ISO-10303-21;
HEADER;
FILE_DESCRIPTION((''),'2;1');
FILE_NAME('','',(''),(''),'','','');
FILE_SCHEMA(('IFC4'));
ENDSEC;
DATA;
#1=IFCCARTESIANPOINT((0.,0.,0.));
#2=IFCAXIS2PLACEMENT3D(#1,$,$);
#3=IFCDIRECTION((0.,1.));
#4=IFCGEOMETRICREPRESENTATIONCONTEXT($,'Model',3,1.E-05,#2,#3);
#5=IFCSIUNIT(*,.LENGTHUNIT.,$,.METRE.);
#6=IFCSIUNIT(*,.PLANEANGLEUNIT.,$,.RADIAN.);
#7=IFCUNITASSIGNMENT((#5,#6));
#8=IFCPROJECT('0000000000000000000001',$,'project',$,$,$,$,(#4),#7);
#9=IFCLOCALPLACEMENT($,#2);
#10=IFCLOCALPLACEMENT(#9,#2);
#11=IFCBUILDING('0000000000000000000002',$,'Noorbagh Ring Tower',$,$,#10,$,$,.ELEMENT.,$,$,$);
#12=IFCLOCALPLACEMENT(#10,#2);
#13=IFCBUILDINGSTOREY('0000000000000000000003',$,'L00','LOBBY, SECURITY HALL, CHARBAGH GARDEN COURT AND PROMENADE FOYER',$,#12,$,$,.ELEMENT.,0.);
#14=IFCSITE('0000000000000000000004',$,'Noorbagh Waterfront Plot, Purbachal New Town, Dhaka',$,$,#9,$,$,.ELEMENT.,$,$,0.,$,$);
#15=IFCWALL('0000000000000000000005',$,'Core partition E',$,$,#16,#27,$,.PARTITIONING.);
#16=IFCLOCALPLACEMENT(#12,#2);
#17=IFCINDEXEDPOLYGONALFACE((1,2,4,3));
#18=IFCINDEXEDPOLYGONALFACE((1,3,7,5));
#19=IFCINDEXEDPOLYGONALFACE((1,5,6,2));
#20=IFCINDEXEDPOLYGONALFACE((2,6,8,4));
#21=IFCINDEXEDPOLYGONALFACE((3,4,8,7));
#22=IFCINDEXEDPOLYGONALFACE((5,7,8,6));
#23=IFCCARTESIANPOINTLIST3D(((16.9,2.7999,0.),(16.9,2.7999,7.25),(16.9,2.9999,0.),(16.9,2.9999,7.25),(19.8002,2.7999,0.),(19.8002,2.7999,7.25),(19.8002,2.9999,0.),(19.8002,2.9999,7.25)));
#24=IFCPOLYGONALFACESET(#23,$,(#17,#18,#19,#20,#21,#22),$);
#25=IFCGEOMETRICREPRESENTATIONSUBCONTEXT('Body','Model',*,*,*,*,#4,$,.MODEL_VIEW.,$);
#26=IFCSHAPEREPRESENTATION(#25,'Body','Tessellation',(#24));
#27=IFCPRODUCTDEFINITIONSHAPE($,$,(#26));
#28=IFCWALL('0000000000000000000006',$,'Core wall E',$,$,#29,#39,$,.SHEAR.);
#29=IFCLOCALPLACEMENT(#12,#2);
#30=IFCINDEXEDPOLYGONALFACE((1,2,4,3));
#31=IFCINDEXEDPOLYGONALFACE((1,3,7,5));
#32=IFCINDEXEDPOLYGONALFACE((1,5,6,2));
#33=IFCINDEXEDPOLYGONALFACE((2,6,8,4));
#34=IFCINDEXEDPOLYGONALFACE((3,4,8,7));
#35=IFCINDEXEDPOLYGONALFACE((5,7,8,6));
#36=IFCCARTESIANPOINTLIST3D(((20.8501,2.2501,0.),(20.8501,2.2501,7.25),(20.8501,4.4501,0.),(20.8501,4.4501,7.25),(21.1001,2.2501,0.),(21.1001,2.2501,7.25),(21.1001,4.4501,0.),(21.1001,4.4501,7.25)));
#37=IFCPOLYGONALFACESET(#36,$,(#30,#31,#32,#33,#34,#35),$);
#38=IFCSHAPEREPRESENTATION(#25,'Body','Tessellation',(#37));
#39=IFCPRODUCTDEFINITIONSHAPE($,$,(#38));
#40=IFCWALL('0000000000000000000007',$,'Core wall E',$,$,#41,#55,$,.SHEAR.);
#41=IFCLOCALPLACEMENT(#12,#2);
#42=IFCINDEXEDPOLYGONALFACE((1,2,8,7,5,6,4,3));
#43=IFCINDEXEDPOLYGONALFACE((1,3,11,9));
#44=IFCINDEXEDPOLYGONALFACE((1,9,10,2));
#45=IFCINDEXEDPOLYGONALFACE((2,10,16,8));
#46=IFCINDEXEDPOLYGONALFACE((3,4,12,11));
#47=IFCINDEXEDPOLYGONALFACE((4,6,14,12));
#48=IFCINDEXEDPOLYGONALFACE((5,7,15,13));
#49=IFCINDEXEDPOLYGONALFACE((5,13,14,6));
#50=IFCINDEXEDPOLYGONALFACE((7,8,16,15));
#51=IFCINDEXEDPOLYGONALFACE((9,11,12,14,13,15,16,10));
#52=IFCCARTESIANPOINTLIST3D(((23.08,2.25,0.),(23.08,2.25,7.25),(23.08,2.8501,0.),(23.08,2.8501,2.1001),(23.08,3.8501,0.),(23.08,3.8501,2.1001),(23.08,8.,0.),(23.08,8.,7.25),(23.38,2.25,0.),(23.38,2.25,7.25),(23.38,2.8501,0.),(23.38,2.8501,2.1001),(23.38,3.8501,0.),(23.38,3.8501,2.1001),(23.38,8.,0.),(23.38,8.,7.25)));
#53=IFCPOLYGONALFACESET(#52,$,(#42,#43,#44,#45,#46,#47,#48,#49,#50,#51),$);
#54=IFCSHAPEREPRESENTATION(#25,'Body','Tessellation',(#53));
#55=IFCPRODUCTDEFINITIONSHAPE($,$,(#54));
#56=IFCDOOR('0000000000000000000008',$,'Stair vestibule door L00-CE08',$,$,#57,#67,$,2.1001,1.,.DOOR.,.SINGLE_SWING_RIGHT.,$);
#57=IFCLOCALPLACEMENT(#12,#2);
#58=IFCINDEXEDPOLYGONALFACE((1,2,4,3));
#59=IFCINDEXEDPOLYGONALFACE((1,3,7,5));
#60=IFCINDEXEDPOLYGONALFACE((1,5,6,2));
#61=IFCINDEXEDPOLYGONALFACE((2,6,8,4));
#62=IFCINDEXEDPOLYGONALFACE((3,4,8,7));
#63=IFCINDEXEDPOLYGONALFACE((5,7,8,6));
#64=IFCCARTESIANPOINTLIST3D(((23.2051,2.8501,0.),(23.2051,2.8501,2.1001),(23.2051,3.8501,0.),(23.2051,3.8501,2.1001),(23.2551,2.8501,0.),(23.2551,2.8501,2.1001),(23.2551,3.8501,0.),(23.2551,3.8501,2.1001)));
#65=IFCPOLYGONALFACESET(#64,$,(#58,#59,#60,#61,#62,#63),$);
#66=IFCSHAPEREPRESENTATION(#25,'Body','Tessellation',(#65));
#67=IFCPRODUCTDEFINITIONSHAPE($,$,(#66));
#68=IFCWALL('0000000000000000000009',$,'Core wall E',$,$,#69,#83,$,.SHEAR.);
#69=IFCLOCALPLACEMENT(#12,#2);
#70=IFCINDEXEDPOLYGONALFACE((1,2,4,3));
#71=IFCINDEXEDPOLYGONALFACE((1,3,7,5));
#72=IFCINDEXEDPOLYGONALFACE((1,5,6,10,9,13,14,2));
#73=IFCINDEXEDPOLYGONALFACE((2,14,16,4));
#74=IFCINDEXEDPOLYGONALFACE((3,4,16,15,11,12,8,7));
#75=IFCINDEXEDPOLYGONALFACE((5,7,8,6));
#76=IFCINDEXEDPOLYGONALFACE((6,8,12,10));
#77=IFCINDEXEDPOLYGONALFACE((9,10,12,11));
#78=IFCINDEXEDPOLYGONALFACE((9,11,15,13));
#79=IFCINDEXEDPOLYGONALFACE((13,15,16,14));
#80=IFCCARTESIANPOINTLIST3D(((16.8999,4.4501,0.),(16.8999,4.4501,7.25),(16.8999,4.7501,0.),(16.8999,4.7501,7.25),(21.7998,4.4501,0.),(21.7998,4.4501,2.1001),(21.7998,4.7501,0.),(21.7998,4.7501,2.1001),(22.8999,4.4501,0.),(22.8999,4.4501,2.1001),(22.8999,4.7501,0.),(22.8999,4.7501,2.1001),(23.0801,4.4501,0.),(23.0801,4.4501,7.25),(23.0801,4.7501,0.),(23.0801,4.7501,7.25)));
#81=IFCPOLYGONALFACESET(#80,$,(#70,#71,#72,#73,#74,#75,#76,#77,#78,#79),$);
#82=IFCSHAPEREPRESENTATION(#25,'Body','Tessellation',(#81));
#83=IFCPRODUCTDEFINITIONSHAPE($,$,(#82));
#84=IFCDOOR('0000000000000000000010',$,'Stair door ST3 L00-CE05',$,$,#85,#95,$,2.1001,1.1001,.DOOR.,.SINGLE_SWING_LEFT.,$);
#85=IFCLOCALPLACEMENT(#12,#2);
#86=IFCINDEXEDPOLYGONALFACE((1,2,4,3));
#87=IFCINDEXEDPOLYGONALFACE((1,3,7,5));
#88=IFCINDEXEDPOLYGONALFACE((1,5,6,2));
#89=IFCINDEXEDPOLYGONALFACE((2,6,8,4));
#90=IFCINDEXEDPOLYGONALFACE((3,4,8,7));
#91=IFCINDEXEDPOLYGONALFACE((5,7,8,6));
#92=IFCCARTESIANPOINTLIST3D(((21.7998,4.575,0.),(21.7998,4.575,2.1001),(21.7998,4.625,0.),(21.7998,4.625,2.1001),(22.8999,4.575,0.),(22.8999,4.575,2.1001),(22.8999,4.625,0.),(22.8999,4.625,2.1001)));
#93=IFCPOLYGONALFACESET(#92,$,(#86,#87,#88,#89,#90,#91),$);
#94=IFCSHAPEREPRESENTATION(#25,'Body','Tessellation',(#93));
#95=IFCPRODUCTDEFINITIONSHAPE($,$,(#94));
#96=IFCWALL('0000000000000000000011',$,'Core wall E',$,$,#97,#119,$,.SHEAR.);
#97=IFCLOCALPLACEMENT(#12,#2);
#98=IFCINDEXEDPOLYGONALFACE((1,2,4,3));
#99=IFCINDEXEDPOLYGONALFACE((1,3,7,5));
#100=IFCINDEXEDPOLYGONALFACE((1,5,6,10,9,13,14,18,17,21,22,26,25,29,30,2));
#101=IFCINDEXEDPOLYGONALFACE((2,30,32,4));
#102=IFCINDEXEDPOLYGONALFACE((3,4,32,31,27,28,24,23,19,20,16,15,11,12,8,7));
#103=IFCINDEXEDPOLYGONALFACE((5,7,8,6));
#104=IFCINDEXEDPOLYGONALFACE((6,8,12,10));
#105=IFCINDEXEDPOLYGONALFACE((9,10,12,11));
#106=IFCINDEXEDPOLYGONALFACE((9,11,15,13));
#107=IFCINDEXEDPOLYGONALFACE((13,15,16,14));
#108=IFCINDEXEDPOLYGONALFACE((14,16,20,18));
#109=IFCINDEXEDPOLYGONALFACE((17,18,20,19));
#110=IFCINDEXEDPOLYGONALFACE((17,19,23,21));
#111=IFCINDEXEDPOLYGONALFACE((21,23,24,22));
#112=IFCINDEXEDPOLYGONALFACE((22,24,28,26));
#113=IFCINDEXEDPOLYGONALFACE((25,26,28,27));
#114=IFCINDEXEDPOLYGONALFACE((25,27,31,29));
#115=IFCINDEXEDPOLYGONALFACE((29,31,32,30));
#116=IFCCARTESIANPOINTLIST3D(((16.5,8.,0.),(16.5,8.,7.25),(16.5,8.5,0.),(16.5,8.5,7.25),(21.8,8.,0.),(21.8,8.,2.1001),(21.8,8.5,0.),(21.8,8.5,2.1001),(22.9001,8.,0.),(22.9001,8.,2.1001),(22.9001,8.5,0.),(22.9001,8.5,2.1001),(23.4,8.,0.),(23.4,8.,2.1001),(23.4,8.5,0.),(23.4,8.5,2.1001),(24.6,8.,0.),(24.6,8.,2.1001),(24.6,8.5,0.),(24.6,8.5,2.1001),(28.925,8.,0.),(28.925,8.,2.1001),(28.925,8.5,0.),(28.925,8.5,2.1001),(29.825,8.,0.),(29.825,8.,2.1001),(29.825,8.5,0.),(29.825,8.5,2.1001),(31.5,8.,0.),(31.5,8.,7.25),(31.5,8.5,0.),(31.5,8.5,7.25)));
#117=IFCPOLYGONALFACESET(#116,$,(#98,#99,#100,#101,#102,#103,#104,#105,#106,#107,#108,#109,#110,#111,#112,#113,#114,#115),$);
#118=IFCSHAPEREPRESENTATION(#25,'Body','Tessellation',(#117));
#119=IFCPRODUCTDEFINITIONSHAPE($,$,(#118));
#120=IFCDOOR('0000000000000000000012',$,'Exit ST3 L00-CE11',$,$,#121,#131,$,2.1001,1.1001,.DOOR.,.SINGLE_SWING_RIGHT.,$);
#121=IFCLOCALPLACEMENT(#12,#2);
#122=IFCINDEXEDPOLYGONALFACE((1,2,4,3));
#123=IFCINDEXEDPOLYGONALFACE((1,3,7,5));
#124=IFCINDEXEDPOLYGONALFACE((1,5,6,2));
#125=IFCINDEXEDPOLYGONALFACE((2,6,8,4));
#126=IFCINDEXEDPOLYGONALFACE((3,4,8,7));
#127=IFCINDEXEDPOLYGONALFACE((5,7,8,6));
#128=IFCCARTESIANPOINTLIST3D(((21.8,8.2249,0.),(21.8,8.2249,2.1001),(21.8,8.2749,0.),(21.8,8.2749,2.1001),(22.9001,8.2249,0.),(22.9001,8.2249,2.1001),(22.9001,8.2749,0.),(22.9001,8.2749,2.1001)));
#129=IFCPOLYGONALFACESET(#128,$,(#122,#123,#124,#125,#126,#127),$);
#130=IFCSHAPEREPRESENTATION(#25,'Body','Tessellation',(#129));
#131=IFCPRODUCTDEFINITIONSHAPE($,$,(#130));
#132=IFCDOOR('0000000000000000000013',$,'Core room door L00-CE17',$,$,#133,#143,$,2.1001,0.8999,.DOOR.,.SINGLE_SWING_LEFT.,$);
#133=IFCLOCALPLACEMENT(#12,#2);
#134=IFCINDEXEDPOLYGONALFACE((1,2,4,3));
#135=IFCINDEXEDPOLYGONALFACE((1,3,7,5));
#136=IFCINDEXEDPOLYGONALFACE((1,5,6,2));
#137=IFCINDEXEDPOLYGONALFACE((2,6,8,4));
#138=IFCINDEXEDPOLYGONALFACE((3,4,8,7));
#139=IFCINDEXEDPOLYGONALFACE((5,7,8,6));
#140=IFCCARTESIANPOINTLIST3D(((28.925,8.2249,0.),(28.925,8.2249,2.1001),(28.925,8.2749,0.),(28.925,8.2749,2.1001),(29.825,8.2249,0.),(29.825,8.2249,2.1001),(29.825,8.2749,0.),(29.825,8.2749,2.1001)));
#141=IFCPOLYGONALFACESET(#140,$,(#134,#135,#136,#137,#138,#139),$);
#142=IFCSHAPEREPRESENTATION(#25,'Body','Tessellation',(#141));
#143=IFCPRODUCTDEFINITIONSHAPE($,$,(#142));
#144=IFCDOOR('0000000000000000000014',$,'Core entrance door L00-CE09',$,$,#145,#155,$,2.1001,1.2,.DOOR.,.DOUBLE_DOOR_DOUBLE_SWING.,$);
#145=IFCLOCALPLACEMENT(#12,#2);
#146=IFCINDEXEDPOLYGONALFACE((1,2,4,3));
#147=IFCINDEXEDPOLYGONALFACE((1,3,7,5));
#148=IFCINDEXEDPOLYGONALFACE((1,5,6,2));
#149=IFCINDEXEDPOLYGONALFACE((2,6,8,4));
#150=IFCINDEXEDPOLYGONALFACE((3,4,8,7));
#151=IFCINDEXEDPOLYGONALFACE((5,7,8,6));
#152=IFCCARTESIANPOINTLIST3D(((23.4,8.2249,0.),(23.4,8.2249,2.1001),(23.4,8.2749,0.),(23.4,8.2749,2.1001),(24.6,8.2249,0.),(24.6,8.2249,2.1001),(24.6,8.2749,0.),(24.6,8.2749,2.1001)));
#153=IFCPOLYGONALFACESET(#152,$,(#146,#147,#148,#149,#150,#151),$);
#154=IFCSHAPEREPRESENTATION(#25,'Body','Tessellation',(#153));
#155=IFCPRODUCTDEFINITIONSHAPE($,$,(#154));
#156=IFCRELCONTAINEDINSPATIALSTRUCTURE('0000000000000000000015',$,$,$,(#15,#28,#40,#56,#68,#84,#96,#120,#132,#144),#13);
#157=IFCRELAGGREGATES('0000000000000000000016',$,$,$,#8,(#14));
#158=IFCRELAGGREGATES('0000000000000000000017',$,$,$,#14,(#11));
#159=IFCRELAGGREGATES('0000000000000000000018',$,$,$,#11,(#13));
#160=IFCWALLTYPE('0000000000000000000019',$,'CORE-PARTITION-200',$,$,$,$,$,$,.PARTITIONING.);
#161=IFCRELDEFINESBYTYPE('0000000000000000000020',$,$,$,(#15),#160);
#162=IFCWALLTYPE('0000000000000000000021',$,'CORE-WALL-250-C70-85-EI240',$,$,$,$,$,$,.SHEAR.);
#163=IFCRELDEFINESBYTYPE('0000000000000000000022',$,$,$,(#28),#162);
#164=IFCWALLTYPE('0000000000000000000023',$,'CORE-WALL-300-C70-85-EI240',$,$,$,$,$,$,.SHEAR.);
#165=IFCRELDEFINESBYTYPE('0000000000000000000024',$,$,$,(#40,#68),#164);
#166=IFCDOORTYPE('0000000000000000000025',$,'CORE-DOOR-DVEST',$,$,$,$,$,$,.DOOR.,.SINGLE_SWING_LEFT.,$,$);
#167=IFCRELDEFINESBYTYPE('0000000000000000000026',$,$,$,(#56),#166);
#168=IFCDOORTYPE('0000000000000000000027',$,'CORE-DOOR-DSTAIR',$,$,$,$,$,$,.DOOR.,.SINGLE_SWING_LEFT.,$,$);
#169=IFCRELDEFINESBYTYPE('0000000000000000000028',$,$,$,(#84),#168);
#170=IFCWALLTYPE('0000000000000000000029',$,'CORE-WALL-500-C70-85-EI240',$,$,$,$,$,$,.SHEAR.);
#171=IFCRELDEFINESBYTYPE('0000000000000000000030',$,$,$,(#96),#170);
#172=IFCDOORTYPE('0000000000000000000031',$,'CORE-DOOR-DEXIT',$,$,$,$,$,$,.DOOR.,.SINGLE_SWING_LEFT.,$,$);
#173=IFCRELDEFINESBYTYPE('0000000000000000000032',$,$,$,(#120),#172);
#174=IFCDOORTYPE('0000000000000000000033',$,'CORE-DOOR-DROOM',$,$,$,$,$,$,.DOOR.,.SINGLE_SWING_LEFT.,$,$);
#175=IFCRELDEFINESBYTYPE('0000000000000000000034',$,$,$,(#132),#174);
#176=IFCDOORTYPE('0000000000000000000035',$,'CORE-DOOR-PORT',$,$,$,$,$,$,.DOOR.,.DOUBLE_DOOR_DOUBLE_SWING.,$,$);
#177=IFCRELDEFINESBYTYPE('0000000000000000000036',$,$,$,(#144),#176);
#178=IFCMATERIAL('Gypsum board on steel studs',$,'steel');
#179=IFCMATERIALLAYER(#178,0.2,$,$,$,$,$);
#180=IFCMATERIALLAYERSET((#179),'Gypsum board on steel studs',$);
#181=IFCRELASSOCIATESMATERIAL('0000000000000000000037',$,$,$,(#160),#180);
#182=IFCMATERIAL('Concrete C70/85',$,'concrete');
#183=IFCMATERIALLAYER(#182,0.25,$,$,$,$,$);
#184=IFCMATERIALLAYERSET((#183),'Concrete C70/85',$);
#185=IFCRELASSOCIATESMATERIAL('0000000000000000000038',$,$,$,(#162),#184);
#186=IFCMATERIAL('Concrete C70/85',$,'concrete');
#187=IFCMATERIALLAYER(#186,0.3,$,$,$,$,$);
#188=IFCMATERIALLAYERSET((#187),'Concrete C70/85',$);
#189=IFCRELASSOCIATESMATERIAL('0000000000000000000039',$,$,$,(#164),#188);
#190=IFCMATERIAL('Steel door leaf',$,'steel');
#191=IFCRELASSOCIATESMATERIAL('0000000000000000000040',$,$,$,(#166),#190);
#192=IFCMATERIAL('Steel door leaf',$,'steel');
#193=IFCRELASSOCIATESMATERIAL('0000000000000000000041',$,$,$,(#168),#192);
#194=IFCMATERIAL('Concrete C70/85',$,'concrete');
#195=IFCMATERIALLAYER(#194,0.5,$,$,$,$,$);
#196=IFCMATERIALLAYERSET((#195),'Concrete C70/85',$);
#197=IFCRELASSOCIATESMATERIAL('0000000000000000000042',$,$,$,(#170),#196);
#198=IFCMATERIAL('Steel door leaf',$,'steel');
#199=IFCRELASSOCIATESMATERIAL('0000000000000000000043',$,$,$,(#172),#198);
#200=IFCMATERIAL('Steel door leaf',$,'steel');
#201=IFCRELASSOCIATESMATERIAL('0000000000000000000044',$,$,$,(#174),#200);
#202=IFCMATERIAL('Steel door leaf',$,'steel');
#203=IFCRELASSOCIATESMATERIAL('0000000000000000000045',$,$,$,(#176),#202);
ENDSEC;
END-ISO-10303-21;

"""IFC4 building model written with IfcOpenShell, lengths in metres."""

from ifc_helpers import new_model, si_unit, direction, frame, frame_2d, origin, place, context, subcontext, project, spatial, rectangle, extrude, material, layer, layer_set, type_object, element, fill, save


model = new_model("IFC4")

# Units and contexts
model_context = context("Model", 3, precision=1e-05, world=origin(), true_north=direction((0.0, 1.0)))
body_context = subcontext(model_context, "Body", "Model", "MODEL_VIEW")
ifc_project = project(units=[si_unit("LENGTHUNIT", "METRE"), si_unit("PLANEANGLEUNIT", "RADIAN")], contexts=[model_context])

# Site, building, storey
site_placement = place(None, origin())
site = spatial("IfcSite", under=ifc_project, at=site_placement, Name="Noorbagh Waterfront Plot, Purbachal New Town, Dhaka", CompositionType="ELEMENT", RefElevation=0.0)
building_placement = place(site_placement, origin())
building = spatial("IfcBuilding", under=site, at=building_placement, Name="Noorbagh Ring Tower", CompositionType="ELEMENT")
storey_placement = place(building_placement, origin())
storey = spatial("IfcBuildingStorey", under=building, at=storey_placement, Name="L00", Description="LOBBY, SECURITY HALL, CHARBAGH GARDEN COURT AND PROMENADE FOYER", CompositionType="ELEMENT", Elevation=0.0)

# Walls
ifc_material_1 = material(Name="Gypsum board on steel studs", Category="steel")
ifc_layer_1 = layer(ifc_material_1, 0.2)
ifc_layer_set_1 = layer_set([ifc_layer_1], Name="Gypsum board on steel studs")
wall_type_1 = type_object("IfcWallType", Name="CORE-PARTITION-200", PredefinedType="PARTITIONING", material=ifc_layer_set_1)
wall_1_placement = place(storey_placement, frame((16.8999, 2.8999, 0.0), z_axis=(0.0, 0.0, 1.0), x_axis=(1.0, 0.0, 0.0)))
element("IfcWall", 1, at=wall_1_placement, inside=storey, type_object=wall_type_1, Name="Core partition E", PredefinedType="PARTITIONING", context=body_context, shape_type="SweptSolid", body=[
    extrude(rectangle(XDim=2.9001, YDim=0.2, at=frame_2d((1.4502, 0.0))), origin(), (0.0, 0.0, 1.0), 7.25),
])
ifc_material_2 = material(Name="Concrete C70/85", Category="concrete")
ifc_layer_2 = layer(ifc_material_2, 0.25)
ifc_layer_set_2 = layer_set([ifc_layer_2], Name="Concrete C70/85")
wall_type_2 = type_object("IfcWallType", Name="CORE-WALL-250-C70-85-EI240", PredefinedType="SHEAR", material=ifc_layer_set_2)
wall_2_placement = place(storey_placement, frame((20.9751, 2.25, 0.0), z_axis=(0.0, 0.0, 1.0), x_axis=(0.0, 1.0, 0.0)))
element("IfcWall", 2, at=wall_2_placement, inside=storey, type_object=wall_type_2, Name="Core wall E", PredefinedType="SHEAR", context=body_context, shape_type="SweptSolid", body=[
    extrude(rectangle(XDim=2.2, YDim=0.25, at=frame_2d((1.1001, 0.0))), origin(), (0.0, 0.0, 1.0), 7.25),
])

# Walls, openings, doors
ifc_material_3 = material(Name="Concrete C70/85", Category="concrete")
ifc_layer_3 = layer(ifc_material_3, 0.3)
ifc_layer_set_3 = layer_set([ifc_layer_3], Name="Concrete C70/85")
wall_type_3 = type_object("IfcWallType", Name="CORE-WALL-300-C70-85-EI240", PredefinedType="SHEAR", material=ifc_layer_set_3)
wall_3_placement = place(storey_placement, frame((23.23, 2.25, 0.0), z_axis=(0.0, 0.0, 1.0), x_axis=(0.0, 1.0, 0.0)))
wall_3 = element("IfcWall", 3, at=wall_3_placement, inside=storey, type_object=wall_type_3, Name="Core wall E", PredefinedType="SHEAR", context=body_context, shape_type="SweptSolid", body=[
    extrude(rectangle(XDim=5.75, YDim=0.3, at=frame_2d((2.875, 0.0))), origin(), (0.0, 0.0, 1.0), 7.25),
])
opening_1_placement = place(wall_3_placement, frame((0.6001, 0.0, 0.0)))
opening_1 = element("IfcOpeningElement", 4, at=opening_1_placement, cuts=wall_3, PredefinedType="OPENING", context=body_context, shape_type="SweptSolid", body=[
    extrude(rectangle(XDim=1.0, YDim=2.1001, at=frame_2d((0.5, 1.05))), frame((0.0, 0.1602, 0.0), z_axis=(0.0, -1.0, 0.0), x_axis=(1.0, 0.0, 0.0)), (0.0, 0.0, 1.0), 0.3201),
])
ifc_material_4 = material(Name="Steel door leaf", Category="steel")
door_type_1 = type_object("IfcDoorType", Name="CORE-DOOR-DVEST", OperationType="SINGLE_SWING_LEFT", PredefinedType="DOOR", material=ifc_material_4)
door_1_placement = place(opening_1_placement, origin())
door_1 = element("IfcDoor", 5, at=door_1_placement, inside=storey, type_object=door_type_1, Name="Stair vestibule door L00-CE08", OperationType="SINGLE_SWING_RIGHT", OverallHeight=2.1001, OverallWidth=1.0, PredefinedType="DOOR", context=body_context, shape_type="SweptSolid", body=[
    extrude(rectangle(XDim=1.0, YDim=2.1001, at=frame_2d((0.5, 1.05))), frame((0.0, 0.0249, 0.0), z_axis=(0.0, -1.0, 0.0), x_axis=(1.0, 0.0, 0.0)), (0.0, 0.0, 1.0), 0.05),
])
fill(opening_1, door_1)
wall_4_placement = place(storey_placement, frame((16.8999, 4.6001, 0.0), z_axis=(0.0, 0.0, 1.0), x_axis=(1.0, 0.0, 0.0)))
wall_4 = element("IfcWall", 6, at=wall_4_placement, inside=storey, type_object=wall_type_3, Name="Core wall E", PredefinedType="SHEAR", context=body_context, shape_type="SweptSolid", body=[
    extrude(rectangle(XDim=6.1802, YDim=0.3, at=frame_2d((3.0901, 0.0))), origin(), (0.0, 0.0, 1.0), 7.25),
])
opening_2_placement = place(wall_4_placement, frame((4.8999, 0.0, 0.0)))
opening_2 = element("IfcOpeningElement", 7, at=opening_2_placement, cuts=wall_4, PredefinedType="OPENING", context=body_context, shape_type="SweptSolid", body=[
    extrude(rectangle(XDim=1.1001, YDim=2.1001, at=frame_2d((0.55, 1.05))), frame((0.0, 0.1602, 0.0), z_axis=(0.0, -1.0, 0.0), x_axis=(1.0, 0.0, 0.0)), (0.0, 0.0, 1.0), 0.3201),
])
ifc_material_5 = material(Name="Steel door leaf", Category="steel")
door_type_2 = type_object("IfcDoorType", Name="CORE-DOOR-DSTAIR", OperationType="SINGLE_SWING_LEFT", PredefinedType="DOOR", material=ifc_material_5)
door_2_placement = place(opening_2_placement, origin())
door_2 = element("IfcDoor", 8, at=door_2_placement, inside=storey, type_object=door_type_2, Name="Stair door ST3 L00-CE05", OperationType="SINGLE_SWING_LEFT", OverallHeight=2.1001, OverallWidth=1.1001, PredefinedType="DOOR", context=body_context, shape_type="SweptSolid", body=[
    extrude(rectangle(XDim=1.1001, YDim=2.1001, at=frame_2d((0.55, 1.05))), frame((0.0, 0.0249, 0.0), z_axis=(0.0, -1.0, 0.0), x_axis=(1.0, 0.0, 0.0)), (0.0, 0.0, 1.0), 0.05),
])
fill(opening_2, door_2)

# Wall, openings, doors
ifc_material_6 = material(Name="Concrete C70/85", Category="concrete")
ifc_layer_4 = layer(ifc_material_6, 0.5)
ifc_layer_set_4 = layer_set([ifc_layer_4], Name="Concrete C70/85")
wall_type_4 = type_object("IfcWallType", Name="CORE-WALL-500-C70-85-EI240", PredefinedType="SHEAR", material=ifc_layer_set_4)
wall_5_placement = place(storey_placement, frame((16.5, 8.25, 0.0), z_axis=(0.0, 0.0, 1.0), x_axis=(1.0, 0.0, 0.0)))
wall_5 = element("IfcWall", 9, at=wall_5_placement, inside=storey, type_object=wall_type_4, Name="Core wall E", PredefinedType="SHEAR", context=body_context, shape_type="SweptSolid", body=[
    extrude(rectangle(XDim=15.0, YDim=0.5, at=frame_2d((7.5, 0.0))), origin(), (0.0, 0.0, 1.0), 7.25),
])
opening_3_placement = place(wall_5_placement, frame((6.8999, 0.0, 0.0)))
opening_3 = element("IfcOpeningElement", 10, at=opening_3_placement, cuts=wall_5, PredefinedType="OPENING", context=body_context, shape_type="SweptSolid", body=[
    extrude(rectangle(XDim=1.2, YDim=2.1001, at=frame_2d((0.6001, 1.05))), frame((0.0, 0.26, 0.0), z_axis=(0.0, -1.0, 0.0), x_axis=(1.0, 0.0, 0.0)), (0.0, 0.0, 1.0), 0.52),
])
opening_4_placement = place(wall_5_placement, frame((5.3, 0.0, 0.0)))
opening_4 = element("IfcOpeningElement", 11, at=opening_4_placement, cuts=wall_5, PredefinedType="OPENING", context=body_context, shape_type="SweptSolid", body=[
    extrude(rectangle(XDim=1.1001, YDim=2.1001, at=frame_2d((0.55, 1.05))), frame((0.0, 0.26, 0.0), z_axis=(0.0, -1.0, 0.0), x_axis=(1.0, 0.0, 0.0)), (0.0, 0.0, 1.0), 0.52),
])
opening_5_placement = place(wall_5_placement, frame((12.425, 0.0, 0.0)))
opening_5 = element("IfcOpeningElement", 12, at=opening_5_placement, cuts=wall_5, PredefinedType="OPENING", context=body_context, shape_type="SweptSolid", body=[
    extrude(rectangle(XDim=0.8999, YDim=2.1001, at=frame_2d((0.45, 1.05))), frame((0.0, 0.26, 0.0), z_axis=(0.0, -1.0, 0.0), x_axis=(1.0, 0.0, 0.0)), (0.0, 0.0, 1.0), 0.52),
])
ifc_material_7 = material(Name="Steel door leaf", Category="steel")
door_type_3 = type_object("IfcDoorType", Name="CORE-DOOR-DEXIT", OperationType="SINGLE_SWING_LEFT", PredefinedType="DOOR", material=ifc_material_7)
door_3_placement = place(opening_4_placement, origin())
door_3 = element("IfcDoor", 13, at=door_3_placement, inside=storey, type_object=door_type_3, Name="Exit ST3 L00-CE11", OperationType="SINGLE_SWING_RIGHT", OverallHeight=2.1001, OverallWidth=1.1001, PredefinedType="DOOR", context=body_context, shape_type="SweptSolid", body=[
    extrude(rectangle(XDim=1.1001, YDim=2.1001, at=frame_2d((0.55, 1.05))), frame((0.0, 0.0249, 0.0), z_axis=(0.0, -1.0, 0.0), x_axis=(1.0, 0.0, 0.0)), (0.0, 0.0, 1.0), 0.05),
])
fill(opening_4, door_3)
ifc_material_8 = material(Name="Steel door leaf", Category="steel")
door_type_4 = type_object("IfcDoorType", Name="CORE-DOOR-DROOM", OperationType="SINGLE_SWING_LEFT", PredefinedType="DOOR", material=ifc_material_8)
door_4_placement = place(opening_5_placement, origin())
door_4 = element("IfcDoor", 14, at=door_4_placement, inside=storey, type_object=door_type_4, Name="Core room door L00-CE17", OperationType="SINGLE_SWING_LEFT", OverallHeight=2.1001, OverallWidth=0.8999, PredefinedType="DOOR", context=body_context, shape_type="SweptSolid", body=[
    extrude(rectangle(XDim=0.8999, YDim=2.1001, at=frame_2d((0.45, 1.05))), frame((0.0, 0.0249, 0.0), z_axis=(0.0, -1.0, 0.0), x_axis=(1.0, 0.0, 0.0)), (0.0, 0.0, 1.0), 0.05),
])
fill(opening_5, door_4)
ifc_material_9 = material(Name="Steel door leaf", Category="steel")
door_type_5 = type_object("IfcDoorType", Name="CORE-DOOR-PORT", OperationType="DOUBLE_DOOR_DOUBLE_SWING", PredefinedType="DOOR", material=ifc_material_9)
door_5_placement = place(opening_3_placement, origin())
door_5 = element("IfcDoor", 15, at=door_5_placement, inside=storey, type_object=door_type_5, Name="Core entrance door L00-CE09", OperationType="DOUBLE_DOOR_DOUBLE_SWING", OverallHeight=2.1001, OverallWidth=1.2, PredefinedType="DOOR", context=body_context, shape_type="SweptSolid", body=[
    extrude(rectangle(XDim=1.2, YDim=2.1001, at=frame_2d((0.6001, 1.05))), frame((0.0, 0.0249, 0.0), z_axis=(0.0, -1.0, 0.0), x_axis=(1.0, 0.0, 0.0)), (0.0, 0.0, 1.0), 0.05),
])
fill(opening_3, door_5)

save(model, "model.ifc")
